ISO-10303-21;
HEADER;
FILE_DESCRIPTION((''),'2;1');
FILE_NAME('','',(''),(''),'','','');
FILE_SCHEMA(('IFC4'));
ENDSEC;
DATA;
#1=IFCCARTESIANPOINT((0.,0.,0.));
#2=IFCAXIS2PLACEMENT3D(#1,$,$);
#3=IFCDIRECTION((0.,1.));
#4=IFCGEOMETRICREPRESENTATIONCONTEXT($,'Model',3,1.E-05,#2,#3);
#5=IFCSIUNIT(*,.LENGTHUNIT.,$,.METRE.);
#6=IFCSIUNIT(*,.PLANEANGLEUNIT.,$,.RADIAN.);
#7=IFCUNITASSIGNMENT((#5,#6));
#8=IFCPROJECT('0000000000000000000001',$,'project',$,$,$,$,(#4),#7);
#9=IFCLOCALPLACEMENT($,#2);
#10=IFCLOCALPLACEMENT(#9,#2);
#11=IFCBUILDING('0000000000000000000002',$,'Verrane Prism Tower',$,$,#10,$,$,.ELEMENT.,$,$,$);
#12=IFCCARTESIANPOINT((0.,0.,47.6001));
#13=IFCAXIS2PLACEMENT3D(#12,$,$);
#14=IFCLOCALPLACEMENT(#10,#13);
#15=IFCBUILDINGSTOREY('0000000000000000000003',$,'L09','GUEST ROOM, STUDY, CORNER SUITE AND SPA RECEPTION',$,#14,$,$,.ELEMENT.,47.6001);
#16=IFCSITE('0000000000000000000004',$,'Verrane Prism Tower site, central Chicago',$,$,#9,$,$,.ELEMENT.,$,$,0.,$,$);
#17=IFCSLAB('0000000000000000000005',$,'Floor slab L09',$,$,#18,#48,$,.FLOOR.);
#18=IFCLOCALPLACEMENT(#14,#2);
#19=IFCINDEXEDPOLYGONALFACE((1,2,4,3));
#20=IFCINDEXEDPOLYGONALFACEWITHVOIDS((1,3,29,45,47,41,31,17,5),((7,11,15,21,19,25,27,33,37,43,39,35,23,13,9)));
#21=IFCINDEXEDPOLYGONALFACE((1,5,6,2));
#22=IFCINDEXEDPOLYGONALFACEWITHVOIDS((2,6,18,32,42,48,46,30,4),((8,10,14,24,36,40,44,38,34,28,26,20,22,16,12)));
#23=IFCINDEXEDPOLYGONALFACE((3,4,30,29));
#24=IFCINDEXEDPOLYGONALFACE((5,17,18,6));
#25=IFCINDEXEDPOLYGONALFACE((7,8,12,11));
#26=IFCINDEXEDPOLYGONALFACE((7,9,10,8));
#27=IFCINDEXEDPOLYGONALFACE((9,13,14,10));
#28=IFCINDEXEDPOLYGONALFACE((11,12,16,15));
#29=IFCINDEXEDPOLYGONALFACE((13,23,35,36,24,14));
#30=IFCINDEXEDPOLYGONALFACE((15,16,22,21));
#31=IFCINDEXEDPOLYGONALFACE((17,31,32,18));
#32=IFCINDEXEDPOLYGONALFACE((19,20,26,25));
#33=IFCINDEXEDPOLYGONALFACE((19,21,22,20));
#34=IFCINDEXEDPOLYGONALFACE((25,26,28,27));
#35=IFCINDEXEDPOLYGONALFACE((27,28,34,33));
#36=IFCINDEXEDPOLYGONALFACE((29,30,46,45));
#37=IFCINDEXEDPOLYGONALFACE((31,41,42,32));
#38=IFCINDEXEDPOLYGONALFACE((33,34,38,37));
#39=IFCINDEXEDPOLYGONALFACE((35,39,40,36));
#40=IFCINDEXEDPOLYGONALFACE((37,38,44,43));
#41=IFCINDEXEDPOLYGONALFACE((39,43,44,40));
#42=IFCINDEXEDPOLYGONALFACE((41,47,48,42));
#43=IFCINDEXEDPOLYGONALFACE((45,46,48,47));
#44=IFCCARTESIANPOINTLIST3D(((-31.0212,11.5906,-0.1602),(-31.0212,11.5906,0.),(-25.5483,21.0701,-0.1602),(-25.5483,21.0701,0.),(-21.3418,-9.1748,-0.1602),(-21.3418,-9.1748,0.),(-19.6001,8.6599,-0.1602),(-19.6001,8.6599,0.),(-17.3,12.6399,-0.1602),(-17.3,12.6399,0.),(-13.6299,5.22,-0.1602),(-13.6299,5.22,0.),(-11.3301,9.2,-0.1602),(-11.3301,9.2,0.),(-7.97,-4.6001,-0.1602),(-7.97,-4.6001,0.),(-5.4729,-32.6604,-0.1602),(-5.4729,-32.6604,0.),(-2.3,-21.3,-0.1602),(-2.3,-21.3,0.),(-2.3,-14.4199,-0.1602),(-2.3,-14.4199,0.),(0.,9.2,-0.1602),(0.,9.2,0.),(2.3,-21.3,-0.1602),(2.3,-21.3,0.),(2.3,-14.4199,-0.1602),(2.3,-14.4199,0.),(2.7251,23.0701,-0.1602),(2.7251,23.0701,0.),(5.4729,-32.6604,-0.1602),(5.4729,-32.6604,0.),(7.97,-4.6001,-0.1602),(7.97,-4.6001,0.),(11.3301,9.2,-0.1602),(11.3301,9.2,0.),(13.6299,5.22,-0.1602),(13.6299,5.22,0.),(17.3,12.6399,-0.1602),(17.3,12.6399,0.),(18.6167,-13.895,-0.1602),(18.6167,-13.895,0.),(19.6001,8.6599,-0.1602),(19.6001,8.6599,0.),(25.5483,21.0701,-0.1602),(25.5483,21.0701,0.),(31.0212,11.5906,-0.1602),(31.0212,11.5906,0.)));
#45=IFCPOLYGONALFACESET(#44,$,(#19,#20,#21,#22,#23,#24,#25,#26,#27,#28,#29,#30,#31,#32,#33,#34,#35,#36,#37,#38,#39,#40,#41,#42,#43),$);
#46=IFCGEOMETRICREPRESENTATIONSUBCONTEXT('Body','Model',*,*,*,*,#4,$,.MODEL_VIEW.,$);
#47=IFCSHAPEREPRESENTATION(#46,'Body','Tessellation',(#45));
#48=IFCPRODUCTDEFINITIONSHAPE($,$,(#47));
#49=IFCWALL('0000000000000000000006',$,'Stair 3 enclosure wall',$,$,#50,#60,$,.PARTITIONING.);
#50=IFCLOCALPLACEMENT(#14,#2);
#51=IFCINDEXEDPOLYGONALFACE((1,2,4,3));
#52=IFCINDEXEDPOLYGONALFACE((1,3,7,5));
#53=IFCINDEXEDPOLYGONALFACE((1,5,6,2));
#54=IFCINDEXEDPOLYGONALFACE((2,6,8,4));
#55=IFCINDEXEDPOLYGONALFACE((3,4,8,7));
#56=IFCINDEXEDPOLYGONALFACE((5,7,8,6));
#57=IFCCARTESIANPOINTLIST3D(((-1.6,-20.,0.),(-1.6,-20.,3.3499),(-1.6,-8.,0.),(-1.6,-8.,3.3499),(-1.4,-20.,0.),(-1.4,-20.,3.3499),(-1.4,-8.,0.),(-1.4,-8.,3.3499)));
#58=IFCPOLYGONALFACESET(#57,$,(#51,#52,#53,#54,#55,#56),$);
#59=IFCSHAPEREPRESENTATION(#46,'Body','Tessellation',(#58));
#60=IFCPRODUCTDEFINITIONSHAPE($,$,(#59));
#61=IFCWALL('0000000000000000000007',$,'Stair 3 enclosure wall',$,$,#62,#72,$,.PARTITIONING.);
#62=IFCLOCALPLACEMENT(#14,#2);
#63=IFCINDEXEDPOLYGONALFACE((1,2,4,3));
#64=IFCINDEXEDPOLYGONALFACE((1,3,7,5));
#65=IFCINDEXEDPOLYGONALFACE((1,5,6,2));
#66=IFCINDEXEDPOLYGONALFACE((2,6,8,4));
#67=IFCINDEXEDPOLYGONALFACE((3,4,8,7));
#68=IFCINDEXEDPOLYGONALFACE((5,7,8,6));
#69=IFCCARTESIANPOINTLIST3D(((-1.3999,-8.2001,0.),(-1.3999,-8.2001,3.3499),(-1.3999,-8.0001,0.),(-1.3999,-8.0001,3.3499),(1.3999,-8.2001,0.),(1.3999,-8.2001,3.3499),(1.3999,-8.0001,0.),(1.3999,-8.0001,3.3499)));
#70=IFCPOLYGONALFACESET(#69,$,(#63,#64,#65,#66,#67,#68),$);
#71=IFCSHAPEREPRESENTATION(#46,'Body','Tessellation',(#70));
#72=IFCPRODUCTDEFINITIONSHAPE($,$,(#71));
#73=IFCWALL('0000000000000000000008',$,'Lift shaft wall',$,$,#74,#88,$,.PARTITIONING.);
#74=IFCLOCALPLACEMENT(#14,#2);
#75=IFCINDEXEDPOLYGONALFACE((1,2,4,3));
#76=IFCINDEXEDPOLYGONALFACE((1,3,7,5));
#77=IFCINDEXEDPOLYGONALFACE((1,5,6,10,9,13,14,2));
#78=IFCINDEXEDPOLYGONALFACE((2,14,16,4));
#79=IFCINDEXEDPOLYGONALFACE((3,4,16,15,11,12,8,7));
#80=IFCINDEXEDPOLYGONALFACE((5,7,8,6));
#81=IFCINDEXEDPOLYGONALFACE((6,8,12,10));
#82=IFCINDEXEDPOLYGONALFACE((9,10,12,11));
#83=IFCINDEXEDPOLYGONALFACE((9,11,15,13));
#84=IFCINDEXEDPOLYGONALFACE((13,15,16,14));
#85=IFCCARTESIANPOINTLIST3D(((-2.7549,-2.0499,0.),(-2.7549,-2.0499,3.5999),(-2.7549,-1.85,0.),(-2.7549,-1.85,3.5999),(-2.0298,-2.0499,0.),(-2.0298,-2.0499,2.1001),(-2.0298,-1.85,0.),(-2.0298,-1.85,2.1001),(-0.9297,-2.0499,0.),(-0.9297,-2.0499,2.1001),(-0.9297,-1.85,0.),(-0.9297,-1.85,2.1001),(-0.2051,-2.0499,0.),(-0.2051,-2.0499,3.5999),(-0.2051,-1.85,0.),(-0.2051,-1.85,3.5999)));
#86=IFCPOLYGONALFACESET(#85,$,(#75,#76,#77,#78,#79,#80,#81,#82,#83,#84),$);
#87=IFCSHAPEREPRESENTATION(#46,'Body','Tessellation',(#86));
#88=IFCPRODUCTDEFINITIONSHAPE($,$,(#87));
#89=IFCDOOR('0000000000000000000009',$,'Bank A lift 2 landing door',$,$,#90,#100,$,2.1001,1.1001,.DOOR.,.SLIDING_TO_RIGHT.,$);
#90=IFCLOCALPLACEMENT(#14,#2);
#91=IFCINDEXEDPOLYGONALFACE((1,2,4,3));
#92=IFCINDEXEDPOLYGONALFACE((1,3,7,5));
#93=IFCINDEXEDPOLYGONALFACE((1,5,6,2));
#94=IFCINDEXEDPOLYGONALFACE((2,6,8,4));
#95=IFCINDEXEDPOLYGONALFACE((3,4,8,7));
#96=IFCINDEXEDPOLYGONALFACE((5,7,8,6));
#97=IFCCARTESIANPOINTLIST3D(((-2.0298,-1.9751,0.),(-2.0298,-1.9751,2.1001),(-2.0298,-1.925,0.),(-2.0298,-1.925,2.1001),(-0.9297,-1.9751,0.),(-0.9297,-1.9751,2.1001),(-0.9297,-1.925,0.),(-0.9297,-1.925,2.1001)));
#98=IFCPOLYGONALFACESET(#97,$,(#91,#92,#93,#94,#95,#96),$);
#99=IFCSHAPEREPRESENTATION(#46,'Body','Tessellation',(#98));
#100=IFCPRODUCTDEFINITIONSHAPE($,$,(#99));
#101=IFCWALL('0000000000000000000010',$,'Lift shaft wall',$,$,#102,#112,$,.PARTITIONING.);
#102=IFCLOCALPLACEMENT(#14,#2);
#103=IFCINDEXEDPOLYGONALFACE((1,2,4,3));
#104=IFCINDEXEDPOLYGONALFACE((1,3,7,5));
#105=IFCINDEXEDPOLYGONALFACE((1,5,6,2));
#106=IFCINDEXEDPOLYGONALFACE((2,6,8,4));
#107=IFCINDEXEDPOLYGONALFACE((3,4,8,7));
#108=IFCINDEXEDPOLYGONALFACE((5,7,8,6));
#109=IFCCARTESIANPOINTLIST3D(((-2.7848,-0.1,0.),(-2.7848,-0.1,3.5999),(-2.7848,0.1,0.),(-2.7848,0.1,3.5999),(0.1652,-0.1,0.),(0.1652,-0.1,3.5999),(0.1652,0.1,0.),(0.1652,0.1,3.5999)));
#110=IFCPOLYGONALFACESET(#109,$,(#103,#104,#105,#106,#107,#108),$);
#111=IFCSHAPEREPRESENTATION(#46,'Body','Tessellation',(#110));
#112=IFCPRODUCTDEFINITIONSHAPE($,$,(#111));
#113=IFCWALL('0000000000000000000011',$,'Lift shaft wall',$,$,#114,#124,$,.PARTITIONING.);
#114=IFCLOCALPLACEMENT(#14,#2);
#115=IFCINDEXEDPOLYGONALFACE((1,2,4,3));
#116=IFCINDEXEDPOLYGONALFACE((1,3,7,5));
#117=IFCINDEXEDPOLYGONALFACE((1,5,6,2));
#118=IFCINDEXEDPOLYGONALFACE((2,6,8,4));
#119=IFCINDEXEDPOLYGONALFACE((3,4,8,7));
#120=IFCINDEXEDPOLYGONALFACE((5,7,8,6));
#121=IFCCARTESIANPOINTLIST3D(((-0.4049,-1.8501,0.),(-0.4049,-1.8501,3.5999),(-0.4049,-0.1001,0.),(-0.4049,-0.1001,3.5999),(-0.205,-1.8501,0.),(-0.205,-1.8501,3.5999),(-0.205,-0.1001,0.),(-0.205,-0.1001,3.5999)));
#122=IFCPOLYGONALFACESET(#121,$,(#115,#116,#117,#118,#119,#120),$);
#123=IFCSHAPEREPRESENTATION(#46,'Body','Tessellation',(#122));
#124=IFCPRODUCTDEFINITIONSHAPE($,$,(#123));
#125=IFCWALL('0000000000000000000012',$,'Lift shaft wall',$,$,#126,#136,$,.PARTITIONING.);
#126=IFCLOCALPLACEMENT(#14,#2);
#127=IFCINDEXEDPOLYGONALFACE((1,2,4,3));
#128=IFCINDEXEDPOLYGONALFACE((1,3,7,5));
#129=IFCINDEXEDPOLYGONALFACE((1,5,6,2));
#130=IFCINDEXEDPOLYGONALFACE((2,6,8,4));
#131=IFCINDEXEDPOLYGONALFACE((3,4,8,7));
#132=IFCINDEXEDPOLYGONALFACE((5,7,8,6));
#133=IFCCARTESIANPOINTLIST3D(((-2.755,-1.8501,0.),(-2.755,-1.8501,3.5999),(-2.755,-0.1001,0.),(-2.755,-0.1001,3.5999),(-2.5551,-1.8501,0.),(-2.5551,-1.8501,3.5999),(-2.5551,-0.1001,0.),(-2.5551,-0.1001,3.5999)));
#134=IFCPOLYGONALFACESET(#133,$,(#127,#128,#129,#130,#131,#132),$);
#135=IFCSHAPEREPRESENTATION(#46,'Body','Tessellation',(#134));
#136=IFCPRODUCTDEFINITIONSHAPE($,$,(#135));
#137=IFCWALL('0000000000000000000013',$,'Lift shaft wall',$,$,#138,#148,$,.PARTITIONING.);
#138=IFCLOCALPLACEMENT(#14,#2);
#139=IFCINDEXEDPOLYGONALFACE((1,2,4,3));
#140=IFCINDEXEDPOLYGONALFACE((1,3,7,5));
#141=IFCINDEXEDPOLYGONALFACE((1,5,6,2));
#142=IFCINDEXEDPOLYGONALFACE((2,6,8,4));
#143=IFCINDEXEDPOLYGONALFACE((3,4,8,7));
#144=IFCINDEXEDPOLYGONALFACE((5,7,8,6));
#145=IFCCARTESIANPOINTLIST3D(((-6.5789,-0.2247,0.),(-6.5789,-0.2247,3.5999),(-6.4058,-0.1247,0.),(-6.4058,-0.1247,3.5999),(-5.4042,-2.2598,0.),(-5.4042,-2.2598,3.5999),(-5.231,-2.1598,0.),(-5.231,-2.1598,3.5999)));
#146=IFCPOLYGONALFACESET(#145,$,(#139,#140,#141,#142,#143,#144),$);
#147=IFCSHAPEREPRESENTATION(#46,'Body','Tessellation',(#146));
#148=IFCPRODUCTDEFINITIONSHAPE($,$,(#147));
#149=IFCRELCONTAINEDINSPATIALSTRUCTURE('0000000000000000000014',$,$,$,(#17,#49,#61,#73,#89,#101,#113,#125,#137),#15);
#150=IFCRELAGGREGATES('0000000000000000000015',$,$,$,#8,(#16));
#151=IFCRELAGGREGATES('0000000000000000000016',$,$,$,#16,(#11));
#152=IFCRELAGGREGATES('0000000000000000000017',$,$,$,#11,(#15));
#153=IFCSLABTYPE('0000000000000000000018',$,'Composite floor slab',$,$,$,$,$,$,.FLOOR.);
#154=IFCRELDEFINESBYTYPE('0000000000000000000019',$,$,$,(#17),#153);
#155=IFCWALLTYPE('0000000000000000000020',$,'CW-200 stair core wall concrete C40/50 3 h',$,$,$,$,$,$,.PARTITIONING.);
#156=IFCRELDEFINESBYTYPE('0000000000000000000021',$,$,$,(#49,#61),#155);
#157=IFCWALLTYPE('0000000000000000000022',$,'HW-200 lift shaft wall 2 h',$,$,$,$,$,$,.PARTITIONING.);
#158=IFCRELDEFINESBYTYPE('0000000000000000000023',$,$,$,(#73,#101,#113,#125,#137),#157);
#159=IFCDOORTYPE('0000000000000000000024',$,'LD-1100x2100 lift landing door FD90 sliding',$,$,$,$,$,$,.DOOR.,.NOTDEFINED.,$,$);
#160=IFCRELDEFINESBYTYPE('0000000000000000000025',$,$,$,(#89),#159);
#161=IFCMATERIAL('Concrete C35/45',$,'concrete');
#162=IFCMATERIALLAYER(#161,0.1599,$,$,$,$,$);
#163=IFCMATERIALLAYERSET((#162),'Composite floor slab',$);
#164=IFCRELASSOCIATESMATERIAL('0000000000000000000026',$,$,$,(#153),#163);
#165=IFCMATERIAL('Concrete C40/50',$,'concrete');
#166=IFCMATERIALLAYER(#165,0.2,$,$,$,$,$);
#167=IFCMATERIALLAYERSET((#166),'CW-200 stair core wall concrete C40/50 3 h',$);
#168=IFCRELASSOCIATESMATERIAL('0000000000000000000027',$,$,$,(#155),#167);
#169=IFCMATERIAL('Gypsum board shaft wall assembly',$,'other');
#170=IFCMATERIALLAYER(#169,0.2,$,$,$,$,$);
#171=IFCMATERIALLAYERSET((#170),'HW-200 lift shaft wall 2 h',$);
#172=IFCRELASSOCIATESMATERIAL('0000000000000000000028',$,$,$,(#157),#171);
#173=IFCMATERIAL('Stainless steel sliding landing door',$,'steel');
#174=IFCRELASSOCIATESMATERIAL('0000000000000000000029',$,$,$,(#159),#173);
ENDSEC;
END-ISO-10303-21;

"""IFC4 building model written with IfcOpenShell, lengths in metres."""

from ifc_helpers import new_model, si_unit, direction, frame, frame_2d, origin, place, context, subcontext, project, spatial, polyline, rectangle, outline, extrude, material, layer, layer_set, type_object, element, fill, save


model = new_model("IFC4")

# Units and contexts
model_context = context("Model", 3, precision=1e-05, world=origin(), true_north=direction((0.0, 1.0)))
body_context = subcontext(model_context, "Body", "Model", "MODEL_VIEW")
ifc_project = project(units=[si_unit("LENGTHUNIT", "METRE"), si_unit("PLANEANGLEUNIT", "RADIAN")], contexts=[model_context])

# Site, building, storey
site_placement = place(None, origin())
site = spatial("IfcSite", under=ifc_project, at=site_placement, Name="Verrane Prism Tower site, central Chicago", CompositionType="ELEMENT", RefElevation=0.0)
building_placement = place(site_placement, origin())
building = spatial("IfcBuilding", under=site, at=building_placement, Name="Verrane Prism Tower", CompositionType="ELEMENT")
storey_placement = place(building_placement, frame((0.0, 0.0, 47.6001)))
storey = spatial("IfcBuildingStorey", under=building, at=storey_placement, Name="L09", Description="GUEST ROOM, STUDY, CORNER SUITE AND SPA RECEPTION", CompositionType="ELEMENT", Elevation=47.6001)

# Slab
ifc_material_1 = material(Name="Concrete C35/45", Category="concrete")
ifc_layer_1 = layer(ifc_material_1, 0.1599)
ifc_layer_set_1 = layer_set([ifc_layer_1], Name="Composite floor slab")
slab_type = type_object("IfcSlabType", Name="Composite floor slab", PredefinedType="FLOOR", material=ifc_layer_set_1)
slab_placement = place(storey_placement, frame((0.0, 0.0, -0.1602)))
element("IfcSlab", 1, at=slab_placement, inside=storey, type_object=slab_type, Name="Floor slab L09", PredefinedType="FLOOR", context=body_context, shape_type="SweptSolid", body=[
    extrude(outline(polyline([(18.6167, -13.895), (5.4729, -32.6604), (-5.4729, -32.6604), (-21.3418, -9.1748), (-31.0212, 11.5906), (-25.5483, 21.0701), (2.7251, 23.0701), (25.5483, 21.0701), (31.0212, 11.5906), (18.6167, -13.895)]), holes=[polyline([(19.6001, 8.6599), (17.3, 12.6399), (11.3301, 9.2), (0.0, 9.2), (-11.3301, 9.2), (-17.3, 12.6399), (-19.6001, 8.6599), (-13.6299, 5.22), (-7.97, -4.6001), (-2.3, -14.4199), (-2.3, -21.3), (2.3, -21.3), (2.3, -14.4199), (7.97, -4.6001), (13.6299, 5.22), (19.6001, 8.6599)])]), origin(), (0.0, 0.0, 1.0), 0.1602),
])

# Walls
ifc_material_2 = material(Name="Concrete C40/50", Category="concrete")
ifc_layer_2 = layer(ifc_material_2, 0.2)
ifc_layer_set_2 = layer_set([ifc_layer_2], Name="CW-200 stair core wall concrete C40/50 3 h")
wall_type_1 = type_object("IfcWallType", Name="CW-200 stair core wall concrete C40/50 3 h", PredefinedType="PARTITIONING", material=ifc_layer_set_2)
wall_1_placement = place(storey_placement, frame((-1.5, -8.0, 0.0), z_axis=(0.0, 0.0, 1.0), x_axis=(0.0, -1.0, 0.0)))
element("IfcWall", 2, at=wall_1_placement, inside=storey, type_object=wall_type_1, Name="Stair 3 enclosure wall", PredefinedType="PARTITIONING", context=body_context, shape_type="SweptSolid", body=[
    extrude(rectangle(XDim=12.0, YDim=0.2, at=frame_2d((6.0, 0.0))), origin(), (0.0, 0.0, 1.0), 3.3499),
])
wall_2_placement = place(storey_placement, frame((-1.3999, -8.1001, 0.0), z_axis=(0.0, 0.0, 1.0), x_axis=(1.0, 0.0, 0.0)))
element("IfcWall", 3, at=wall_2_placement, inside=storey, type_object=wall_type_1, Name="Stair 3 enclosure wall", PredefinedType="PARTITIONING", context=body_context, shape_type="SweptSolid", body=[
    extrude(rectangle(XDim=2.7998, YDim=0.2, at=frame_2d((1.3999, 0.0))), origin(), (0.0, 0.0, 1.0), 3.3499),
])

# Wall, opening, door
ifc_material_3 = material(Name="Gypsum board shaft wall assembly", Category="other")
ifc_layer_3 = layer(ifc_material_3, 0.2)
ifc_layer_set_3 = layer_set([ifc_layer_3], Name="HW-200 lift shaft wall 2 h")
wall_type_2 = type_object("IfcWallType", Name="HW-200 lift shaft wall 2 h", PredefinedType="PARTITIONING", material=ifc_layer_set_3)
wall_3_placement = place(storey_placement, frame((-2.7549, -1.95, 0.0), z_axis=(0.0, 0.0, 1.0), x_axis=(1.0, 0.0, 0.0)))
wall_3 = element("IfcWall", 4, at=wall_3_placement, inside=storey, type_object=wall_type_2, Name="Lift shaft wall", PredefinedType="PARTITIONING", context=body_context, shape_type="SweptSolid", body=[
    extrude(rectangle(XDim=2.5498, YDim=0.2, at=frame_2d((1.2749, 0.0))), origin(), (0.0, 0.0, 1.0), 3.5999),
])
opening_1_placement = place(wall_3_placement, frame((0.7251, 0.0, 0.0)))
opening_1 = element("IfcOpeningElement", 5, at=opening_1_placement, cuts=wall_3, PredefinedType="OPENING", context=body_context, shape_type="SweptSolid", body=[
    extrude(rectangle(XDim=1.1001, YDim=2.1001, at=frame_2d((0.55, 1.05))), frame((0.0, 0.1099, 0.0), z_axis=(0.0, -1.0, 0.0), x_axis=(1.0, 0.0, 0.0)), (0.0, 0.0, 1.0), 0.22),
])
ifc_material_4 = material(Name="Stainless steel sliding landing door", Category="steel")
door_type_1 = type_object("IfcDoorType", Name="LD-1100x2100 lift landing door FD90 sliding", OperationType="NOTDEFINED", PredefinedType="DOOR", material=ifc_material_4)
door_1_placement = place(opening_1_placement, origin())
door_1 = element("IfcDoor", 6, at=door_1_placement, inside=storey, type_object=door_type_1, Name="Bank A lift 2 landing door", OperationType="SLIDING_TO_RIGHT", OverallHeight=2.1001, OverallWidth=1.1001, PredefinedType="DOOR", context=body_context, shape_type="SweptSolid", body=[
    extrude(rectangle(XDim=1.1001, YDim=2.1001, at=frame_2d((0.55, 1.05))), frame((0.0, 0.0249, 0.0), z_axis=(0.0, -1.0, 0.0), x_axis=(1.0, 0.0, 0.0)), (0.0, 0.0, 1.0), 0.05),
])
fill(opening_1, door_1)

# Walls
wall_4_placement = place(storey_placement, frame((-2.7849, 0.0, 0.0), z_axis=(0.0, 0.0, 1.0), x_axis=(1.0, 0.0, 0.0)))
element("IfcWall", 7, at=wall_4_placement, inside=storey, type_object=wall_type_2, Name="Lift shaft wall", PredefinedType="PARTITIONING", context=body_context, shape_type="SweptSolid", body=[
    extrude(rectangle(XDim=2.95, YDim=0.2, at=frame_2d((1.4751, 0.0))), origin(), (0.0, 0.0, 1.0), 3.5999),
])
for number, where, z_axis, x_axis, name in (
    (8, (-0.3049, -1.8501, 0.0), (0.0, 0.0, 1.0), (0.0, 1.0, 0.0), "Lift shaft wall"),
    (9, (-2.655, -1.8501, 0.0), (0.0, 0.0, 1.0), (0.0, 1.0, 0.0), "Lift shaft wall"),
):
    element("IfcWall", number, at=place(storey_placement, frame(where, z_axis=z_axis, x_axis=x_axis)), inside=storey, type_object=wall_type_2, Name=name, PredefinedType="PARTITIONING", context=body_context, shape_type="SweptSolid", body=[
        extrude(rectangle(XDim=1.75, YDim=0.2, at=frame_2d((0.875, 0.0))), origin(), (0.0, 0.0, 1.0), 3.5999),
    ])
wall_5_placement = place(storey_placement, frame((-5.3176, -2.2097, 0.0), z_axis=(0.0, 0.0, 1.0), x_axis=(-0.499938, 0.866061, 0.0)))
element("IfcWall", 10, at=wall_5_placement, inside=storey, type_object=wall_type_2, Name="Lift shaft wall", PredefinedType="PARTITIONING", context=body_context, shape_type="SweptSolid", body=[
    extrude(rectangle(XDim=2.3499, YDim=0.2, at=frame_2d((1.1748, 0.0))), origin(), (0.0, 0.0, 1.0), 3.5999),
])

save(model, "model.ifc")
